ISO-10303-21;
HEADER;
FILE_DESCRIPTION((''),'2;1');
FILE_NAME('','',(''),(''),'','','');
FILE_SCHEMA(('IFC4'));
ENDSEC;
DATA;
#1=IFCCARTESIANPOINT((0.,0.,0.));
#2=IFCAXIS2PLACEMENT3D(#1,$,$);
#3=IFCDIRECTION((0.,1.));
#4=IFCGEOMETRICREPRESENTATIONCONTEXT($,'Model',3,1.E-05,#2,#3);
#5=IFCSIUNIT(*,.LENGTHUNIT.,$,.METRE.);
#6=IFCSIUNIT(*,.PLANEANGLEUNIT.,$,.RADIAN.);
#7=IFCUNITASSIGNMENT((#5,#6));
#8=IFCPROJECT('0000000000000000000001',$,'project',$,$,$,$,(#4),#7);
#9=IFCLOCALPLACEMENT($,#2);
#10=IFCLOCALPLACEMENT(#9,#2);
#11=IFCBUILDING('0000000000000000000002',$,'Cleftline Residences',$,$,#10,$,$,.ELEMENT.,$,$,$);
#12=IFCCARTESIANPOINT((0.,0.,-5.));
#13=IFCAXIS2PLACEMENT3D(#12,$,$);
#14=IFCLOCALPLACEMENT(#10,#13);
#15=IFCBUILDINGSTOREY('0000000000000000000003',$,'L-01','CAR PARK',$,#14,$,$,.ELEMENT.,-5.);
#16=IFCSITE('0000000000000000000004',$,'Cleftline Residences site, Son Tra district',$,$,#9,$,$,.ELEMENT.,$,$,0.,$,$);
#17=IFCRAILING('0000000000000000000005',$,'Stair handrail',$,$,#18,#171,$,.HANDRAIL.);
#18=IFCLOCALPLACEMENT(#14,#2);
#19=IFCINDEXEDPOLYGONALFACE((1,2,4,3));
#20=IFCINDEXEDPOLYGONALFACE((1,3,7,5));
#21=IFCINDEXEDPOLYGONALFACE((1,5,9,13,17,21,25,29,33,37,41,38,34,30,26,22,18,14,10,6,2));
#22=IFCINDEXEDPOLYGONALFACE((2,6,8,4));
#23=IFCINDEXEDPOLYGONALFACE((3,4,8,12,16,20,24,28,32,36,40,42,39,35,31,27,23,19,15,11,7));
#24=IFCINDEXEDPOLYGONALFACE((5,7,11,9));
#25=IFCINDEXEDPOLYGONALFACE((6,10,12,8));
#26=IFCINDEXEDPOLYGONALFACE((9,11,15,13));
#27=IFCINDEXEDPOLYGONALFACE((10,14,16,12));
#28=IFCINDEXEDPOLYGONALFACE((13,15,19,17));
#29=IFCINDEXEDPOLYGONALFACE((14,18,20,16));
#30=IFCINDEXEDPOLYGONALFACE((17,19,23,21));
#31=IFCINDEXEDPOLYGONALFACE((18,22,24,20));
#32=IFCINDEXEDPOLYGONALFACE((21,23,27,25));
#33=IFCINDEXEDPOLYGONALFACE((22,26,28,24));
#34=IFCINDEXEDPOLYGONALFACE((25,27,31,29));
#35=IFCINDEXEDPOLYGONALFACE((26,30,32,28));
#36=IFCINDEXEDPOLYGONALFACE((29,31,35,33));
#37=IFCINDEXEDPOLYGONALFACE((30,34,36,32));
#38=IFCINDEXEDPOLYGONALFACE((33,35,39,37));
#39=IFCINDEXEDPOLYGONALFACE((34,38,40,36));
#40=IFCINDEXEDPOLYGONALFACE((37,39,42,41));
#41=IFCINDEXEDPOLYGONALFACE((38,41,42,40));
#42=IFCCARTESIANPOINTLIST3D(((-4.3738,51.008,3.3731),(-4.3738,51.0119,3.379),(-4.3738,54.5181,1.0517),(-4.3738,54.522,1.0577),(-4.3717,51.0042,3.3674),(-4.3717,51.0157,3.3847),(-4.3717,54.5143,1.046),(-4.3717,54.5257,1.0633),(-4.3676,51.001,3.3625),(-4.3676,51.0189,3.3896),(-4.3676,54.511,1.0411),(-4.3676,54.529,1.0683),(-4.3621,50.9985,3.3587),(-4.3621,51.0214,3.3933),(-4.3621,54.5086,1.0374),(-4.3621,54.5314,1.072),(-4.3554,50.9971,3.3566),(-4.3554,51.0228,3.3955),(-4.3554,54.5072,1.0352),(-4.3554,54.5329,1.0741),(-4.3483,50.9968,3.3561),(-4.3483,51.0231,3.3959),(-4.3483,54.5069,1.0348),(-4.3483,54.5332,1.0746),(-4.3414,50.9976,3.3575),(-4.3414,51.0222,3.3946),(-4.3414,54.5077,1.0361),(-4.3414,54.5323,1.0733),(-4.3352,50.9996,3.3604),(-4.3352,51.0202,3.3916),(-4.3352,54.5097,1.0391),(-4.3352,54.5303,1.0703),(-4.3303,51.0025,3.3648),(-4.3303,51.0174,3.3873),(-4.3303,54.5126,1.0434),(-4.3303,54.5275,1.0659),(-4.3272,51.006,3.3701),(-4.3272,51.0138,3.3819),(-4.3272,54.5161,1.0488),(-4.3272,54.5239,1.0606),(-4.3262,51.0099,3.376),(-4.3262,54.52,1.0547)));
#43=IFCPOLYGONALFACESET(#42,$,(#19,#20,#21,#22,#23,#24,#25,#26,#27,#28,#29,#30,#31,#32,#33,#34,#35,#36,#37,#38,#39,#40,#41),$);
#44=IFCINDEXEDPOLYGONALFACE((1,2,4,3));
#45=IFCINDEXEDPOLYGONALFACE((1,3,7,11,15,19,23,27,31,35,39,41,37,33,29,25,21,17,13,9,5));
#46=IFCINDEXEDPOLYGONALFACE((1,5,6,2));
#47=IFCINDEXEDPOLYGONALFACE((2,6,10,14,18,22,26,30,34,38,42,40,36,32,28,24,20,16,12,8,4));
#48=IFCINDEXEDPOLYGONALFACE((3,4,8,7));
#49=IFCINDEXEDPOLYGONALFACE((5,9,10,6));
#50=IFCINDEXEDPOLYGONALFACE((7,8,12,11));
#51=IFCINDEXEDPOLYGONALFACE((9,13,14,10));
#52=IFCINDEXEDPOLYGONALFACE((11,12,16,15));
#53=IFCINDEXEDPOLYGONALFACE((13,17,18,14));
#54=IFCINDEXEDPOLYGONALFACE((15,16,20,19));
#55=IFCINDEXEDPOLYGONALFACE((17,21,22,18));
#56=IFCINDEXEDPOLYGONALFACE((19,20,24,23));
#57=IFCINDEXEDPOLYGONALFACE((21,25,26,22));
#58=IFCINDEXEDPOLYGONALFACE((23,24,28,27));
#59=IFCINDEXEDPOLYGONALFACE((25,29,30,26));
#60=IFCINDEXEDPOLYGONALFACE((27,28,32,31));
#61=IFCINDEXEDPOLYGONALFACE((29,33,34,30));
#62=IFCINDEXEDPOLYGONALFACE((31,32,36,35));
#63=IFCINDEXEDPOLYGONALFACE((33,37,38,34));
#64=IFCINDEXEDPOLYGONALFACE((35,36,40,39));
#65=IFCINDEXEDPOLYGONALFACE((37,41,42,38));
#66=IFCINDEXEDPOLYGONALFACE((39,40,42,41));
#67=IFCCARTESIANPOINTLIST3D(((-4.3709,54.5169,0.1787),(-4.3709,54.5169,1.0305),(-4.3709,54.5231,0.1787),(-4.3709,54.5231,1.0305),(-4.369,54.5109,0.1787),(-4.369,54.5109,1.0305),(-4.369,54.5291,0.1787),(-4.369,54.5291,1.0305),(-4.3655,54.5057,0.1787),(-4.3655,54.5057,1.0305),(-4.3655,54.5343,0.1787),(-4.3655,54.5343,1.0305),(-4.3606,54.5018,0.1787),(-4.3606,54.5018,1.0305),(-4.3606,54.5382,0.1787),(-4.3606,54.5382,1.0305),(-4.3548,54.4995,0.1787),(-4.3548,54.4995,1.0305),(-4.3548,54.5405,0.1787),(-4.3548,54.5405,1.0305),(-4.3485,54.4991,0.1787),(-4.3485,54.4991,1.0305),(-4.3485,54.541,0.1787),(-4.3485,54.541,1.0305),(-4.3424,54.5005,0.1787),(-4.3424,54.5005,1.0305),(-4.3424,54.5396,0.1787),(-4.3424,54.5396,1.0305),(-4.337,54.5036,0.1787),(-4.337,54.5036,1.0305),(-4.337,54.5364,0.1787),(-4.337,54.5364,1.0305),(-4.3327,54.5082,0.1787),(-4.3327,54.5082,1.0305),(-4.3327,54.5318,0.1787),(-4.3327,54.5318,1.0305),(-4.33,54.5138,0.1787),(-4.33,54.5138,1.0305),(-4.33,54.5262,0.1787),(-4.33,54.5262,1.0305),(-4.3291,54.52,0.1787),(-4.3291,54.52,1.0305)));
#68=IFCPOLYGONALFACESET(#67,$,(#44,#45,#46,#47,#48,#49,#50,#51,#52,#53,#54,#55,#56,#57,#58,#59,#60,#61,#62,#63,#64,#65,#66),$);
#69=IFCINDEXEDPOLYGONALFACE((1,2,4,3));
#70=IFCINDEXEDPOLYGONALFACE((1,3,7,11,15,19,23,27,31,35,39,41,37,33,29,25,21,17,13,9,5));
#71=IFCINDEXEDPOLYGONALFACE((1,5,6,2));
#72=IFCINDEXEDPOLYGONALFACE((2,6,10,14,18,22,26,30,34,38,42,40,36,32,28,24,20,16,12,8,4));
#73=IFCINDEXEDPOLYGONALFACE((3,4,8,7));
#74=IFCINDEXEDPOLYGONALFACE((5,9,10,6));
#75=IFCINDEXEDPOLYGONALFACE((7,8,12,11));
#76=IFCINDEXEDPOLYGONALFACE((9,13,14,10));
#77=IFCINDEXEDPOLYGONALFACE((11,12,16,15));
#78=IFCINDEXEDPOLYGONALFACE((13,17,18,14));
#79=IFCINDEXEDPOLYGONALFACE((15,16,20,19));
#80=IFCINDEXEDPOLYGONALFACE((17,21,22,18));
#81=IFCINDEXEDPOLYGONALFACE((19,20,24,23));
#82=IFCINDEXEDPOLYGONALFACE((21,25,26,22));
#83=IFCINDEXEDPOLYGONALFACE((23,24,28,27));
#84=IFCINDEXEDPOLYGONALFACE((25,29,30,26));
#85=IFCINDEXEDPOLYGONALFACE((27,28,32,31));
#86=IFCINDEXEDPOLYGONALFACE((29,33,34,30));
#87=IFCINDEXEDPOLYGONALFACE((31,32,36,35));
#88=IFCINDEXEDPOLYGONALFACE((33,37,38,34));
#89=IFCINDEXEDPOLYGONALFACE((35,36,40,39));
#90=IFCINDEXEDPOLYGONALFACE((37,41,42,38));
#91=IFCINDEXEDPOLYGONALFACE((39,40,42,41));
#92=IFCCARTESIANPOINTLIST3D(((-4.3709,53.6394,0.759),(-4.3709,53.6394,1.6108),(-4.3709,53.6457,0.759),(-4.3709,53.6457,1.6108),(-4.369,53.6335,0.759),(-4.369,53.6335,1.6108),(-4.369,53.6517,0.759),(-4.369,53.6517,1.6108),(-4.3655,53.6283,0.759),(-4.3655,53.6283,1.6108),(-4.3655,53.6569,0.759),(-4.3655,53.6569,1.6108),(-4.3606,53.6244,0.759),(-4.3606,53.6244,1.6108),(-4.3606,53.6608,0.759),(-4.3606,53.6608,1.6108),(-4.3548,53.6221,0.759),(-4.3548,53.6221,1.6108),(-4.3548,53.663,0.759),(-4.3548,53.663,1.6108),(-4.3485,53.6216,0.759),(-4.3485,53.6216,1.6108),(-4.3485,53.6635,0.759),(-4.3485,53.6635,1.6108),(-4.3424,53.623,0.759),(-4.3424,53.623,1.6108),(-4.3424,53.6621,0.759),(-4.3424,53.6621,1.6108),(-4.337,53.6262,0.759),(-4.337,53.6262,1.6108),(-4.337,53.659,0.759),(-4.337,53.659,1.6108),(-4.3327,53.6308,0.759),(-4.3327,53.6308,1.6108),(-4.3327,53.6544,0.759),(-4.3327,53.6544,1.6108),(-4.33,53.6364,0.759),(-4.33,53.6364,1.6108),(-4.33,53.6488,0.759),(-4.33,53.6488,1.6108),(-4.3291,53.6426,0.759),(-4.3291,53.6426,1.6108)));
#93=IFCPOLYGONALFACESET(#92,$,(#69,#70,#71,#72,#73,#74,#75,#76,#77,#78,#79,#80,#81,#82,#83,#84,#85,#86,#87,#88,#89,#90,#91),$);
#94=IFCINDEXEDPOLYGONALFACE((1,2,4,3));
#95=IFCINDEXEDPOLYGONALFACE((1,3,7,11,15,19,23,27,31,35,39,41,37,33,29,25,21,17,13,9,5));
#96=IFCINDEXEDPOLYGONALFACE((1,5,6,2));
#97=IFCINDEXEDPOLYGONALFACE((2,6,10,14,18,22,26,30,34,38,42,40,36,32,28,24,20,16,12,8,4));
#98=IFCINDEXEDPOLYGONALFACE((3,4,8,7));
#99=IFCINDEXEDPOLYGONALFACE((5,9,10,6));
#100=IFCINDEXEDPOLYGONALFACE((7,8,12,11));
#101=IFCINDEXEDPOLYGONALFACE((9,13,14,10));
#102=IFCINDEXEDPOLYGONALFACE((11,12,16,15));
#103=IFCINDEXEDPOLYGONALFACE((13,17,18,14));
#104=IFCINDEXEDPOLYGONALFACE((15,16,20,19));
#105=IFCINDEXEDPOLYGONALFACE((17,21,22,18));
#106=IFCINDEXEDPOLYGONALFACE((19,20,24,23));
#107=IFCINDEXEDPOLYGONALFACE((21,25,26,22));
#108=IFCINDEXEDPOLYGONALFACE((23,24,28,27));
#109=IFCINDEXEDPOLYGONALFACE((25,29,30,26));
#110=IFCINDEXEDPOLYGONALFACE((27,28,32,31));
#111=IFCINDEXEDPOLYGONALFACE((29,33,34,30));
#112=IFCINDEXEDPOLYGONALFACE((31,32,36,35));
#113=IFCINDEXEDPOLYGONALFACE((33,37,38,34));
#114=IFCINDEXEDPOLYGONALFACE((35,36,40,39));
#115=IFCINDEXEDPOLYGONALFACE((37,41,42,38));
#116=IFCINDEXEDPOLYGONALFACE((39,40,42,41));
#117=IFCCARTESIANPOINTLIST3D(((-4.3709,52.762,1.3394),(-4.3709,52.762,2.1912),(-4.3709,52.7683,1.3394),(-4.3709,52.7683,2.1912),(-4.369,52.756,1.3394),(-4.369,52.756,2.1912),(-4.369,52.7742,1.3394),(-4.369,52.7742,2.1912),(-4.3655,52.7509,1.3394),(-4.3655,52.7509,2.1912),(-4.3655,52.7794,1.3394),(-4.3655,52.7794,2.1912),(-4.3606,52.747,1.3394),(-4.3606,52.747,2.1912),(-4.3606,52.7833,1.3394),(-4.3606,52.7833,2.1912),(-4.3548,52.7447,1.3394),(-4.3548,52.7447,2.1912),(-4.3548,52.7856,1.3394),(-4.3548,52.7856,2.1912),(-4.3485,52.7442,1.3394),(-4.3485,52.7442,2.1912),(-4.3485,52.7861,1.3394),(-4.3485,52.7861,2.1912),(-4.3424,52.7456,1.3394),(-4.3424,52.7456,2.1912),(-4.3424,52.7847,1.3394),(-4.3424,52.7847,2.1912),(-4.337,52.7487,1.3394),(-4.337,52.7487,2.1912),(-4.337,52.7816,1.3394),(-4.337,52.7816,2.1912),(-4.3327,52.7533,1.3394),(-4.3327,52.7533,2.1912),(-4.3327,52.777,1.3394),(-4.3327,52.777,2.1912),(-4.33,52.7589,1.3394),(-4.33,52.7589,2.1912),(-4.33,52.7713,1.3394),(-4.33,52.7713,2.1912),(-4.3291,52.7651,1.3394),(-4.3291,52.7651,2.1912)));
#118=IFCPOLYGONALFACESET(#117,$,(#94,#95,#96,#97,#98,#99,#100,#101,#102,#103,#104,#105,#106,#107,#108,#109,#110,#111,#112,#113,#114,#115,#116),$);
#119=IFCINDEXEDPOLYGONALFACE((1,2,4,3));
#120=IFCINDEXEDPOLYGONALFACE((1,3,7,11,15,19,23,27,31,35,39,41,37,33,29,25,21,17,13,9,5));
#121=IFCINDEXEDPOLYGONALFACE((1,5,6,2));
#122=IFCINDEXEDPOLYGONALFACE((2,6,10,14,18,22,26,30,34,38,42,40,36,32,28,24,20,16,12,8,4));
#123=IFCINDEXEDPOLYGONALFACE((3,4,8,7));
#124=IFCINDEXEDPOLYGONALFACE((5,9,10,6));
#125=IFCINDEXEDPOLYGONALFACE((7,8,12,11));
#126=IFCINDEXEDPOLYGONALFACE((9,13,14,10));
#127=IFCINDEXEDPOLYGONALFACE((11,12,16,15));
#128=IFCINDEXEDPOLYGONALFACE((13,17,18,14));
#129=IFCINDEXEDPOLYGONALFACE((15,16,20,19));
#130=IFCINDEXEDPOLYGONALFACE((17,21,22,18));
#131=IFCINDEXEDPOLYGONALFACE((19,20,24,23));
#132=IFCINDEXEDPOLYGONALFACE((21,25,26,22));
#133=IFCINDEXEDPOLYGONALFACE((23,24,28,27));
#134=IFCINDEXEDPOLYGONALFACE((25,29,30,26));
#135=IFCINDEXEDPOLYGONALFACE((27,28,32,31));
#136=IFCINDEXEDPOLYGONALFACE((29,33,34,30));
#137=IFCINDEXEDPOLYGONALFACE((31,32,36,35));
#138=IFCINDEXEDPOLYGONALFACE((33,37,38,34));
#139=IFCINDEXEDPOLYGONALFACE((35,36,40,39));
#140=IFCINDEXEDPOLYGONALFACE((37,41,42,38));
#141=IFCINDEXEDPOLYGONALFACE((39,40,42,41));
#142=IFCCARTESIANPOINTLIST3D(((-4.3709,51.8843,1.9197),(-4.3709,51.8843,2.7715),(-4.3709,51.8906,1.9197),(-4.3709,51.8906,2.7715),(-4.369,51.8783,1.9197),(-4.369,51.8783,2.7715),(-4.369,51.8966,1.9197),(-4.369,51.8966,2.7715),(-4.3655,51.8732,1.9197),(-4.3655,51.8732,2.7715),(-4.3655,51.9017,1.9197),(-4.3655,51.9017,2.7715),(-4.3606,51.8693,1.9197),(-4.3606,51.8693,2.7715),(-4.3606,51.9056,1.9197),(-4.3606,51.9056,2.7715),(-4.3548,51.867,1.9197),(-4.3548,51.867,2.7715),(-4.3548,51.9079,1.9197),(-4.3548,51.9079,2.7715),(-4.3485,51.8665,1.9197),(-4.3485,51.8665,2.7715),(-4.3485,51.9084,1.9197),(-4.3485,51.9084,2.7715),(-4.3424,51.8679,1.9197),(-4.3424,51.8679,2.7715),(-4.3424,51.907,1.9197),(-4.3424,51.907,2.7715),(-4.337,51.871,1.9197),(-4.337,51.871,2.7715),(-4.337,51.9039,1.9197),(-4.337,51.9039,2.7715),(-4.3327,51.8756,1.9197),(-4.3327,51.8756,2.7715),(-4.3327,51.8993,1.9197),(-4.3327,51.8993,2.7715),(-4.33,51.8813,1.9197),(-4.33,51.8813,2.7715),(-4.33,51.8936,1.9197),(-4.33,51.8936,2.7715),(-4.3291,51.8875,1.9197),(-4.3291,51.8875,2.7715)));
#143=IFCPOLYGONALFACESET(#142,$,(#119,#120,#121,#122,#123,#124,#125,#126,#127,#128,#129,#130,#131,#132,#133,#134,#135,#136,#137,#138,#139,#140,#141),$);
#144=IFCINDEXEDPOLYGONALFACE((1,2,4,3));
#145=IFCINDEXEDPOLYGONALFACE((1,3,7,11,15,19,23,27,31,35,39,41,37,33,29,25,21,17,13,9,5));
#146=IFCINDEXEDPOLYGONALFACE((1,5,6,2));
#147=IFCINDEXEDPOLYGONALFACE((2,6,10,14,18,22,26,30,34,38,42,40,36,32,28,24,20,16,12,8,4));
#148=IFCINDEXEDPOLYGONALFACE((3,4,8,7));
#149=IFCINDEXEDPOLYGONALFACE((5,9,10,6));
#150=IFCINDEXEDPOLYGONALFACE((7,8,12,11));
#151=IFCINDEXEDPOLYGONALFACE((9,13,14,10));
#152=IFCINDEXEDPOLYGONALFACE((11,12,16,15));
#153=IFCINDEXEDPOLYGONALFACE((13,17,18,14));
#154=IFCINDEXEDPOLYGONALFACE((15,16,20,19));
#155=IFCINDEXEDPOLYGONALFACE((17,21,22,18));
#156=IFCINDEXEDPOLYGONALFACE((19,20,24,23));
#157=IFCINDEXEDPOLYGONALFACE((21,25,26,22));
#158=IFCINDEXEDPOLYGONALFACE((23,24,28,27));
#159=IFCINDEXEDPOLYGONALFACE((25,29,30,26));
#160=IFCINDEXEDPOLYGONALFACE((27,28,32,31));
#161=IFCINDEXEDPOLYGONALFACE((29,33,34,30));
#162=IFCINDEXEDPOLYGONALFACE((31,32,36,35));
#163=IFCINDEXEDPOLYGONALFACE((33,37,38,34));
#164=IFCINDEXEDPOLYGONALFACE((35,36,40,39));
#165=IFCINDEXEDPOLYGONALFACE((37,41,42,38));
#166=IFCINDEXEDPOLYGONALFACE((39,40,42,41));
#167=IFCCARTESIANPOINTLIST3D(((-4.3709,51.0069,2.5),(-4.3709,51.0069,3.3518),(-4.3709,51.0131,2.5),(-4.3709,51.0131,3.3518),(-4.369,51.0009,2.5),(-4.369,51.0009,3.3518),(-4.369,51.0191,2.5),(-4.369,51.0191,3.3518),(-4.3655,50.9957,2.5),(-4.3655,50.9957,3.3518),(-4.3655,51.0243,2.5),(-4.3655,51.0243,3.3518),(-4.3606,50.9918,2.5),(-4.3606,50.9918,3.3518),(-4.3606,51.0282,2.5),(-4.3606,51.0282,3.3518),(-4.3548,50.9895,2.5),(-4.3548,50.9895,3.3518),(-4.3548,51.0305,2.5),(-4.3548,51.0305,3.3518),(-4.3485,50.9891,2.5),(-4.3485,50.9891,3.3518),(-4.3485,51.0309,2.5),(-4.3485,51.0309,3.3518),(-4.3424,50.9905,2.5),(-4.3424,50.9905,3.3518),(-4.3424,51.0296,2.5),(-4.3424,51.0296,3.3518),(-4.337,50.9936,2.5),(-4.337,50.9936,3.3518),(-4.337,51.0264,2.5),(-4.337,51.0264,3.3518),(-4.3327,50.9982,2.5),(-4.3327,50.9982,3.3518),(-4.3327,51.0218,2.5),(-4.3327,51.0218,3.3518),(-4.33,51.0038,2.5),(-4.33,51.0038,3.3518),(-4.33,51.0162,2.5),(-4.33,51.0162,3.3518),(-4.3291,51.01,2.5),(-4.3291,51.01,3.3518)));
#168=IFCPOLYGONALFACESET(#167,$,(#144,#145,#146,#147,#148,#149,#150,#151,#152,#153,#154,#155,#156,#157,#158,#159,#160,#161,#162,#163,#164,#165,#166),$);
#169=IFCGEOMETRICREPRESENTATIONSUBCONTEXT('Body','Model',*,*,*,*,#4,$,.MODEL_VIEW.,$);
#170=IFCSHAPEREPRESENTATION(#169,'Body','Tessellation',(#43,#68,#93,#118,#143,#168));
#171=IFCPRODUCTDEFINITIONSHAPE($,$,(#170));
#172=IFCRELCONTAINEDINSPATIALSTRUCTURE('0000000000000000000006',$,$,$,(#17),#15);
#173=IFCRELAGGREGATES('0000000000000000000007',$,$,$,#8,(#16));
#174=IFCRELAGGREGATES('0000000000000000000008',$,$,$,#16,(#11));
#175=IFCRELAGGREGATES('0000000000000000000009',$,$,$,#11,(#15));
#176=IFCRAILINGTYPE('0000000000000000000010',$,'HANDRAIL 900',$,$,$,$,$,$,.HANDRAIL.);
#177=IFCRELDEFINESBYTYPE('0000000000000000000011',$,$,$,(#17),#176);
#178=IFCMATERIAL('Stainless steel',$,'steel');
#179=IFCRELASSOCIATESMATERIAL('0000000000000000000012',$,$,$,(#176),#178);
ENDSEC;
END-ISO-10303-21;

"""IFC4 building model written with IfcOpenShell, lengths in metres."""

from ifc_helpers import new_model, si_unit, direction, frame, origin, origin_2d, place, context, subcontext, project, spatial, circle, extrude, material, type_object, element, save


model = new_model("IFC4")

# Units and contexts
model_context = context("Model", 3, precision=1e-05, world=origin(), true_north=direction((0.0, 1.0)))
body_context = subcontext(model_context, "Body", "Model", "MODEL_VIEW")
ifc_project = project(units=[si_unit("LENGTHUNIT", "METRE"), si_unit("PLANEANGLEUNIT", "RADIAN")], contexts=[model_context])

# Site, building, storey
site_placement = place(None, origin())
site = spatial("IfcSite", under=ifc_project, at=site_placement, Name="Cleftline Residences site, Son Tra district", CompositionType="ELEMENT", RefElevation=0.0)
building_placement = place(site_placement, origin())
building = spatial("IfcBuilding", under=site, at=building_placement, Name="Cleftline Residences", CompositionType="ELEMENT")
storey_placement = place(building_placement, frame((0.0, 0.0, -5.0)))
storey = spatial("IfcBuildingStorey", under=building, at=storey_placement, Name="L-01", Description="CAR PARK", CompositionType="ELEMENT", Elevation=-5.0)

# Railing
ifc_material_1 = material(Name="Stainless steel", Category="steel")
railing_type = type_object("IfcRailingType", Name="HANDRAIL 900", PredefinedType="HANDRAIL", material=ifc_material_1)
railing_1_placement = place(storey_placement, frame((-4.3501, 54.52, 0.1787)))
element("IfcRailing", 1, at=railing_1_placement, inside=storey, type_object=railing_type, Name="Stair handrail", PredefinedType="HANDRAIL", context=body_context, shape_type="SweptSolid", body=[
    extrude(circle(Radius=0.0239, at=origin_2d()), frame((0.0, 0.0, 0.876), z_axis=(0.0, -0.834097, 0.551617), x_axis=(1.0, 0.0, 0.0)), (0.0, 0.0, 1.0), 4.2083),
    extrude(circle(Radius=0.021, at=origin_2d()), origin(), (0.0, 0.0, 1.0), 0.8518),
    extrude(circle(Radius=0.021, at=origin_2d()), frame((0.0, -0.8774, 0.5803)), (0.0, 0.0, 1.0), 0.8518),
    extrude(circle(Radius=0.021, at=origin_2d()), frame((0.0, -1.7549, 1.1606)), (0.0, 0.0, 1.0), 0.8518),
    extrude(circle(Radius=0.021, at=origin_2d()), frame((0.0, -2.6326, 1.741)), (0.0, 0.0, 1.0), 0.8518),
    extrude(circle(Radius=0.021, at=origin_2d()), frame((0.0, -3.51, 2.3213)), (0.0, 0.0, 1.0), 0.8518),
])

save(model, "model.ifc")
